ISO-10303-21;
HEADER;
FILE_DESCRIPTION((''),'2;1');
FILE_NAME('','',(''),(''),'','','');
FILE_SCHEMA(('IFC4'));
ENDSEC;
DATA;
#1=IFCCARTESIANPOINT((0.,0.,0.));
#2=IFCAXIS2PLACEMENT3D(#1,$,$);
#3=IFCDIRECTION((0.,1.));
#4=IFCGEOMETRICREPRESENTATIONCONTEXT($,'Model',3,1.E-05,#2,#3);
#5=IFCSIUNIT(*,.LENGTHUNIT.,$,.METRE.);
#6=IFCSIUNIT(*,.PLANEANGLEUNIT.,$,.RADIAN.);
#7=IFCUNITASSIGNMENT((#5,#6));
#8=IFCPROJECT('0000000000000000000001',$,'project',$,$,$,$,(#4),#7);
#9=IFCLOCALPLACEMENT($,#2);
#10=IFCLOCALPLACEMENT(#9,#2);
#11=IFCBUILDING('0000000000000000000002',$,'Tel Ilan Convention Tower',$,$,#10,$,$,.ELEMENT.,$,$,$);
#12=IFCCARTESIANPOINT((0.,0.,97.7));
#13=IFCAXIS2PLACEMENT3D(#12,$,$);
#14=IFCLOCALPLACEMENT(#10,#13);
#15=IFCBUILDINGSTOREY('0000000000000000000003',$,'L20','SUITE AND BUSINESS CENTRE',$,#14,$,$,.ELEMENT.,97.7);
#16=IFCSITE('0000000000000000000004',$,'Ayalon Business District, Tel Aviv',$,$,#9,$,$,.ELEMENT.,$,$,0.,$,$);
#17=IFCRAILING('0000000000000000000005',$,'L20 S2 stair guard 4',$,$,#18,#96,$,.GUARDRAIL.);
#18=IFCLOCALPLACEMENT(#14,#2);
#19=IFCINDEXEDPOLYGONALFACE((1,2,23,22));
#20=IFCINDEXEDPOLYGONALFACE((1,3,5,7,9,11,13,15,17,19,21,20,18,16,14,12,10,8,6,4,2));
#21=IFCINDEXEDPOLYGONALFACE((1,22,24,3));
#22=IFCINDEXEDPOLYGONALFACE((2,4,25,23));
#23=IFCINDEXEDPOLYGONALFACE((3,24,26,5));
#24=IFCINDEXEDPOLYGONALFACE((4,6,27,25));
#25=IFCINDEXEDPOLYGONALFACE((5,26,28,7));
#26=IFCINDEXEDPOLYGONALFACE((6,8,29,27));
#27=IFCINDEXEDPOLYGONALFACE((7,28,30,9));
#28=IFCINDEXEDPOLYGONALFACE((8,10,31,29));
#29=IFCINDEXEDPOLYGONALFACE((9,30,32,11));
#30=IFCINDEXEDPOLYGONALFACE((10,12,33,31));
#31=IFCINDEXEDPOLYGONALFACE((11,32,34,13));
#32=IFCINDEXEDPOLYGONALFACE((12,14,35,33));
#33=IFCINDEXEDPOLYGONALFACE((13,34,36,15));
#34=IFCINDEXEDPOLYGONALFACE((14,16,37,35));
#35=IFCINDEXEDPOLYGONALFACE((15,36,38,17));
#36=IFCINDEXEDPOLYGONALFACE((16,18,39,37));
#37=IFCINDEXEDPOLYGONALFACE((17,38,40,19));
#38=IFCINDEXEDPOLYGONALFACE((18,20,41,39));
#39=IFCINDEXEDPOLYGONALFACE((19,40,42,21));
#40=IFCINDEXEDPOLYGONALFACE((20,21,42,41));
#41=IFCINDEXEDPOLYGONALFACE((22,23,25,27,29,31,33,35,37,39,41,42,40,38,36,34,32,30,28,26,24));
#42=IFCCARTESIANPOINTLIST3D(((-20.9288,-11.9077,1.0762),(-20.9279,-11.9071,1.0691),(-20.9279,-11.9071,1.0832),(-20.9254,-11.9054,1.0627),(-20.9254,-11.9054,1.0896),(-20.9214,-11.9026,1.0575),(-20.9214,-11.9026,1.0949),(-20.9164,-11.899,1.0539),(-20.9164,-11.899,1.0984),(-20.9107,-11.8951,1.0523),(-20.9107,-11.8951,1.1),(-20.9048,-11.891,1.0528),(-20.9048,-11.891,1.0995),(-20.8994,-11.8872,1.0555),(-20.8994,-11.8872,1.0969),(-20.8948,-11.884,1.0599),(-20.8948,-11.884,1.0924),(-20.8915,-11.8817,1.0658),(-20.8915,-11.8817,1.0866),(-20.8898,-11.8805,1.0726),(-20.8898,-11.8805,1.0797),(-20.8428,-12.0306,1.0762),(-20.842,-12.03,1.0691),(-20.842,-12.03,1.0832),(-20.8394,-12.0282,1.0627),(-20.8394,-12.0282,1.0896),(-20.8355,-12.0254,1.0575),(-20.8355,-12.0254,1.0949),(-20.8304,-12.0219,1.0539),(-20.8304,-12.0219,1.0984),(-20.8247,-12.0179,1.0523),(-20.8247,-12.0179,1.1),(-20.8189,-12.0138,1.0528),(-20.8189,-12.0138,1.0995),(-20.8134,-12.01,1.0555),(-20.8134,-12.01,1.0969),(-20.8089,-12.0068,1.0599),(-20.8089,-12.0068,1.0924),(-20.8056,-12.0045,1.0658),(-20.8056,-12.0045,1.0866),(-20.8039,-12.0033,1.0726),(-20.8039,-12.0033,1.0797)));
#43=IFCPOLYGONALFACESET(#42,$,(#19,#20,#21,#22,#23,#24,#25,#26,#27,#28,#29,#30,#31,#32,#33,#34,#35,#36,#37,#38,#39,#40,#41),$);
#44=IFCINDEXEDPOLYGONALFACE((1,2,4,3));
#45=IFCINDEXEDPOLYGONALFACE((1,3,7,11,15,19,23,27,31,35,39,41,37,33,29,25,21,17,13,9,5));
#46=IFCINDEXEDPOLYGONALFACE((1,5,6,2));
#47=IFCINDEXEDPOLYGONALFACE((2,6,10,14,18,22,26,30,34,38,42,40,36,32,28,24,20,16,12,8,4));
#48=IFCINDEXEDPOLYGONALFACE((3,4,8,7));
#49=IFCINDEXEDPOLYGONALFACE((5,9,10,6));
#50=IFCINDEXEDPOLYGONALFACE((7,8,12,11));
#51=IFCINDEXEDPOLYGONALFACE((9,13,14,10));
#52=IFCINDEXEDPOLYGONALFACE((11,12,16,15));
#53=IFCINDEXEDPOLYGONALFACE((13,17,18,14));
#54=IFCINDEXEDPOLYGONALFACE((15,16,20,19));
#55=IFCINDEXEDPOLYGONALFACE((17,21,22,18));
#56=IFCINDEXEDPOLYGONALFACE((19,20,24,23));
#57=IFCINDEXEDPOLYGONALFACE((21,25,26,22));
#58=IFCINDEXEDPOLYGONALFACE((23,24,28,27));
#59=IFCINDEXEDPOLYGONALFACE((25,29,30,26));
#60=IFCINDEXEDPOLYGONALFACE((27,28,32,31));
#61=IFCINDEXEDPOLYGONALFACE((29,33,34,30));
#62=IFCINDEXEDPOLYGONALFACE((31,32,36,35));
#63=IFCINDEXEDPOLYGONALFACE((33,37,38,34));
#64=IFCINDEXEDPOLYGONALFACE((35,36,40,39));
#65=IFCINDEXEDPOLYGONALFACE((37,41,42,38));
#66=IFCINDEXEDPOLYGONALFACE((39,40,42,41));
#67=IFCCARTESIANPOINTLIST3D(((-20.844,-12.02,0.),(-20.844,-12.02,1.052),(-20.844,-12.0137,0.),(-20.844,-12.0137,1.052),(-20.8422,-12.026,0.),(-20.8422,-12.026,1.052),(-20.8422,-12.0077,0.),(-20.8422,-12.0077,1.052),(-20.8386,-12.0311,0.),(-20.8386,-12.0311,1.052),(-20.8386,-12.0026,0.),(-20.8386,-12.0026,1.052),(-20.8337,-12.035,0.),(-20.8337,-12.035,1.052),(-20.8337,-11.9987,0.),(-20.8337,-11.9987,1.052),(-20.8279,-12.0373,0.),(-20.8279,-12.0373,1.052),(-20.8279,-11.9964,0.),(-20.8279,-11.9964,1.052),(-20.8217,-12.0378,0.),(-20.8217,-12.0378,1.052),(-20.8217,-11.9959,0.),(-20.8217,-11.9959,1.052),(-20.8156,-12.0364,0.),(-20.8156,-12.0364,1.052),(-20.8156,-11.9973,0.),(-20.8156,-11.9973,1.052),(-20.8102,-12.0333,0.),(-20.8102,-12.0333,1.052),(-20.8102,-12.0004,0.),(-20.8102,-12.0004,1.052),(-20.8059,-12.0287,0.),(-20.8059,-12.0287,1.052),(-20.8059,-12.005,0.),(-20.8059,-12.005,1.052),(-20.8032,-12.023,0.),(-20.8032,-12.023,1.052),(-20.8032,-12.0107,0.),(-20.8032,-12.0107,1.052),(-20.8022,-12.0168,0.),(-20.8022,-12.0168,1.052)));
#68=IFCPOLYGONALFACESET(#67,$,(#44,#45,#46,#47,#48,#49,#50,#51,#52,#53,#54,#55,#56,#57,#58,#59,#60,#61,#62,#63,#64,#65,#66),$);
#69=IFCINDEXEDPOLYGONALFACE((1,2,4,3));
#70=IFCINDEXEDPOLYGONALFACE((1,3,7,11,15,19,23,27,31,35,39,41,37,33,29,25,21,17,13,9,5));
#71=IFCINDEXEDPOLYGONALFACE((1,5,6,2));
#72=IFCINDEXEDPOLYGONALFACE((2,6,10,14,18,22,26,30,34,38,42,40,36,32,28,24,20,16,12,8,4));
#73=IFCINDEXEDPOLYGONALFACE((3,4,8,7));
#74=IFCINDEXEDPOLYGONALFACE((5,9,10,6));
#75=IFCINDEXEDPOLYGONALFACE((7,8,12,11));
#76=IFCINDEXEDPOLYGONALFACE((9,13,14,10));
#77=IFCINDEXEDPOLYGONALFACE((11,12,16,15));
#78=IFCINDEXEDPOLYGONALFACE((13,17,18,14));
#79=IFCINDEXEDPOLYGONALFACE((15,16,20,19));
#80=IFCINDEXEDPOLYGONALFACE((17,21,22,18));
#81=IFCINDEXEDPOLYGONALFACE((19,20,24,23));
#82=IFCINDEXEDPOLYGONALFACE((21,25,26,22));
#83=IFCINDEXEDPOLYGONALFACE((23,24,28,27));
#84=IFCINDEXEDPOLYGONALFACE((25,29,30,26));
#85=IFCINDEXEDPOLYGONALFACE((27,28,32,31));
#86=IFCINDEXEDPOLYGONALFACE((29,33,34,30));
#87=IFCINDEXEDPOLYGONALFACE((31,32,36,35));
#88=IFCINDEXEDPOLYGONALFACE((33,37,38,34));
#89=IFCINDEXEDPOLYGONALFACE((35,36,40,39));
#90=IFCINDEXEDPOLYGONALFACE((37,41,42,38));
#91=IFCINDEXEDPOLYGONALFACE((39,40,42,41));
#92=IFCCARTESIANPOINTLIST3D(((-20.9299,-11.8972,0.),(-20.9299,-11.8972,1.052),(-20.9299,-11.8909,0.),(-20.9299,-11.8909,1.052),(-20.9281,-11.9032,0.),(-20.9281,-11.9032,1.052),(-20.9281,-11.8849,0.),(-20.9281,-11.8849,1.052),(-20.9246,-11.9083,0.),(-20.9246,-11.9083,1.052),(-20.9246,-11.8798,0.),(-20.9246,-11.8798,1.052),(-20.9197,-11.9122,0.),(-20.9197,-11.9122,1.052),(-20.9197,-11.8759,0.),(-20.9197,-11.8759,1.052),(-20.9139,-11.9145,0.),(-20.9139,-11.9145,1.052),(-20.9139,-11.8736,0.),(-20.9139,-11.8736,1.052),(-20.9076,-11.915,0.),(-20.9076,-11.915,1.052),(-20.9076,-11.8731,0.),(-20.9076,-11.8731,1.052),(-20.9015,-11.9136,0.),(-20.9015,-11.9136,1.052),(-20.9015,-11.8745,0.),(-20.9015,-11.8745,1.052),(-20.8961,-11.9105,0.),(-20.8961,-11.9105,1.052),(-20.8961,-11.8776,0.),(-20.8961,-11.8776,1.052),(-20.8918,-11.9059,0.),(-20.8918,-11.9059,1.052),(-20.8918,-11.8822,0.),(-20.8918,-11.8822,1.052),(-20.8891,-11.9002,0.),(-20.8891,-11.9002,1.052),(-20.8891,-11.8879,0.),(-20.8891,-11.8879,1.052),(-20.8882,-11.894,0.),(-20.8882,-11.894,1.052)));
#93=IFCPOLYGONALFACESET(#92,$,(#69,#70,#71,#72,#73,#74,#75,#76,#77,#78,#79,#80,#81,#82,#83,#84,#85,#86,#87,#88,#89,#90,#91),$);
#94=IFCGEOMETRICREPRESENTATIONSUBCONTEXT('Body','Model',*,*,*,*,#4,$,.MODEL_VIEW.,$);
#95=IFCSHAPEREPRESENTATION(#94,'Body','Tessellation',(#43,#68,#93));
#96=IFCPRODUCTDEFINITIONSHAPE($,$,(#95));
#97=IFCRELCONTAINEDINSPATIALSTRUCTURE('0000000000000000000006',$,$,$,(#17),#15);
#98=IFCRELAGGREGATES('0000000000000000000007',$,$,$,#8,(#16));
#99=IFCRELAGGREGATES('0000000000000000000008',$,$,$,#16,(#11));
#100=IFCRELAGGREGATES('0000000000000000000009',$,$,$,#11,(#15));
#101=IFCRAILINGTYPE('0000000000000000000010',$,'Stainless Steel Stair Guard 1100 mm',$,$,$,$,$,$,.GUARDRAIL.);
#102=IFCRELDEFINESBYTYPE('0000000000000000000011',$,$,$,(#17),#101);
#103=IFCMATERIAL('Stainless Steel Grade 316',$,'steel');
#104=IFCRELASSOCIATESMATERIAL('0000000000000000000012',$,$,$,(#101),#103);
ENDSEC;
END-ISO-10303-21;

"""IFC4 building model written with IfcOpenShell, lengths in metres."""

from ifc_helpers import new_model, si_unit, direction, frame, origin, origin_2d, place, context, subcontext, project, spatial, circle, extrude, material, type_object, element, save


model = new_model("IFC4")

# Units and contexts
model_context = context("Model", 3, precision=1e-05, world=origin(), true_north=direction((0.0, 1.0)))
body_context = subcontext(model_context, "Body", "Model", "MODEL_VIEW")
ifc_project = project(units=[si_unit("LENGTHUNIT", "METRE"), si_unit("PLANEANGLEUNIT", "RADIAN")], contexts=[model_context])

# Site, building, storey
site_placement = place(None, origin())
site = spatial("IfcSite", under=ifc_project, at=site_placement, Name="Ayalon Business District, Tel Aviv", CompositionType="ELEMENT", RefElevation=0.0)
building_placement = place(site_placement, origin())
building = spatial("IfcBuilding", under=site, at=building_placement, Name="Tel Ilan Convention Tower", CompositionType="ELEMENT")
storey_placement = place(building_placement, frame((0.0, 0.0, 97.7)))
storey = spatial("IfcBuildingStorey", under=building, at=storey_placement, Name="L20", Description="SUITE AND BUSINESS CENTRE", CompositionType="ELEMENT", Elevation=97.7)

# Railing
ifc_material_1 = material(Name="Stainless Steel Grade 316", Category="steel")
railing_type_1 = type_object("IfcRailingType", Name="Stainless Steel Stair Guard 1100 mm", PredefinedType="GUARDRAIL", material=ifc_material_1)
railing_1_placement = place(storey_placement, frame((-20.8232, -12.0168, 0.0)))
element("IfcRailing", 1, at=railing_1_placement, inside=storey, type_object=railing_type_1, Name="L20 S2 stair guard 4", PredefinedType="GUARDRAIL", context=body_context, shape_type="SweptSolid", body=[
    extrude(circle(Radius=0.0239, at=origin_2d()), frame((0.0, 0.0, 1.0762), z_axis=(-0.573353, 0.819308, 0.0), x_axis=(-0.819308, -0.573353, 0.0)), (0.0, 0.0, 1.0), 0.1499),
    extrude(circle(Radius=0.021, at=origin_2d()), origin(), (0.0, 0.0, 1.0), 1.052),
    extrude(circle(Radius=0.021, at=origin_2d()), frame((-0.0859, 0.1228, 0.0)), (0.0, 0.0, 1.0), 1.052),
])

save(model, "model.ifc")
